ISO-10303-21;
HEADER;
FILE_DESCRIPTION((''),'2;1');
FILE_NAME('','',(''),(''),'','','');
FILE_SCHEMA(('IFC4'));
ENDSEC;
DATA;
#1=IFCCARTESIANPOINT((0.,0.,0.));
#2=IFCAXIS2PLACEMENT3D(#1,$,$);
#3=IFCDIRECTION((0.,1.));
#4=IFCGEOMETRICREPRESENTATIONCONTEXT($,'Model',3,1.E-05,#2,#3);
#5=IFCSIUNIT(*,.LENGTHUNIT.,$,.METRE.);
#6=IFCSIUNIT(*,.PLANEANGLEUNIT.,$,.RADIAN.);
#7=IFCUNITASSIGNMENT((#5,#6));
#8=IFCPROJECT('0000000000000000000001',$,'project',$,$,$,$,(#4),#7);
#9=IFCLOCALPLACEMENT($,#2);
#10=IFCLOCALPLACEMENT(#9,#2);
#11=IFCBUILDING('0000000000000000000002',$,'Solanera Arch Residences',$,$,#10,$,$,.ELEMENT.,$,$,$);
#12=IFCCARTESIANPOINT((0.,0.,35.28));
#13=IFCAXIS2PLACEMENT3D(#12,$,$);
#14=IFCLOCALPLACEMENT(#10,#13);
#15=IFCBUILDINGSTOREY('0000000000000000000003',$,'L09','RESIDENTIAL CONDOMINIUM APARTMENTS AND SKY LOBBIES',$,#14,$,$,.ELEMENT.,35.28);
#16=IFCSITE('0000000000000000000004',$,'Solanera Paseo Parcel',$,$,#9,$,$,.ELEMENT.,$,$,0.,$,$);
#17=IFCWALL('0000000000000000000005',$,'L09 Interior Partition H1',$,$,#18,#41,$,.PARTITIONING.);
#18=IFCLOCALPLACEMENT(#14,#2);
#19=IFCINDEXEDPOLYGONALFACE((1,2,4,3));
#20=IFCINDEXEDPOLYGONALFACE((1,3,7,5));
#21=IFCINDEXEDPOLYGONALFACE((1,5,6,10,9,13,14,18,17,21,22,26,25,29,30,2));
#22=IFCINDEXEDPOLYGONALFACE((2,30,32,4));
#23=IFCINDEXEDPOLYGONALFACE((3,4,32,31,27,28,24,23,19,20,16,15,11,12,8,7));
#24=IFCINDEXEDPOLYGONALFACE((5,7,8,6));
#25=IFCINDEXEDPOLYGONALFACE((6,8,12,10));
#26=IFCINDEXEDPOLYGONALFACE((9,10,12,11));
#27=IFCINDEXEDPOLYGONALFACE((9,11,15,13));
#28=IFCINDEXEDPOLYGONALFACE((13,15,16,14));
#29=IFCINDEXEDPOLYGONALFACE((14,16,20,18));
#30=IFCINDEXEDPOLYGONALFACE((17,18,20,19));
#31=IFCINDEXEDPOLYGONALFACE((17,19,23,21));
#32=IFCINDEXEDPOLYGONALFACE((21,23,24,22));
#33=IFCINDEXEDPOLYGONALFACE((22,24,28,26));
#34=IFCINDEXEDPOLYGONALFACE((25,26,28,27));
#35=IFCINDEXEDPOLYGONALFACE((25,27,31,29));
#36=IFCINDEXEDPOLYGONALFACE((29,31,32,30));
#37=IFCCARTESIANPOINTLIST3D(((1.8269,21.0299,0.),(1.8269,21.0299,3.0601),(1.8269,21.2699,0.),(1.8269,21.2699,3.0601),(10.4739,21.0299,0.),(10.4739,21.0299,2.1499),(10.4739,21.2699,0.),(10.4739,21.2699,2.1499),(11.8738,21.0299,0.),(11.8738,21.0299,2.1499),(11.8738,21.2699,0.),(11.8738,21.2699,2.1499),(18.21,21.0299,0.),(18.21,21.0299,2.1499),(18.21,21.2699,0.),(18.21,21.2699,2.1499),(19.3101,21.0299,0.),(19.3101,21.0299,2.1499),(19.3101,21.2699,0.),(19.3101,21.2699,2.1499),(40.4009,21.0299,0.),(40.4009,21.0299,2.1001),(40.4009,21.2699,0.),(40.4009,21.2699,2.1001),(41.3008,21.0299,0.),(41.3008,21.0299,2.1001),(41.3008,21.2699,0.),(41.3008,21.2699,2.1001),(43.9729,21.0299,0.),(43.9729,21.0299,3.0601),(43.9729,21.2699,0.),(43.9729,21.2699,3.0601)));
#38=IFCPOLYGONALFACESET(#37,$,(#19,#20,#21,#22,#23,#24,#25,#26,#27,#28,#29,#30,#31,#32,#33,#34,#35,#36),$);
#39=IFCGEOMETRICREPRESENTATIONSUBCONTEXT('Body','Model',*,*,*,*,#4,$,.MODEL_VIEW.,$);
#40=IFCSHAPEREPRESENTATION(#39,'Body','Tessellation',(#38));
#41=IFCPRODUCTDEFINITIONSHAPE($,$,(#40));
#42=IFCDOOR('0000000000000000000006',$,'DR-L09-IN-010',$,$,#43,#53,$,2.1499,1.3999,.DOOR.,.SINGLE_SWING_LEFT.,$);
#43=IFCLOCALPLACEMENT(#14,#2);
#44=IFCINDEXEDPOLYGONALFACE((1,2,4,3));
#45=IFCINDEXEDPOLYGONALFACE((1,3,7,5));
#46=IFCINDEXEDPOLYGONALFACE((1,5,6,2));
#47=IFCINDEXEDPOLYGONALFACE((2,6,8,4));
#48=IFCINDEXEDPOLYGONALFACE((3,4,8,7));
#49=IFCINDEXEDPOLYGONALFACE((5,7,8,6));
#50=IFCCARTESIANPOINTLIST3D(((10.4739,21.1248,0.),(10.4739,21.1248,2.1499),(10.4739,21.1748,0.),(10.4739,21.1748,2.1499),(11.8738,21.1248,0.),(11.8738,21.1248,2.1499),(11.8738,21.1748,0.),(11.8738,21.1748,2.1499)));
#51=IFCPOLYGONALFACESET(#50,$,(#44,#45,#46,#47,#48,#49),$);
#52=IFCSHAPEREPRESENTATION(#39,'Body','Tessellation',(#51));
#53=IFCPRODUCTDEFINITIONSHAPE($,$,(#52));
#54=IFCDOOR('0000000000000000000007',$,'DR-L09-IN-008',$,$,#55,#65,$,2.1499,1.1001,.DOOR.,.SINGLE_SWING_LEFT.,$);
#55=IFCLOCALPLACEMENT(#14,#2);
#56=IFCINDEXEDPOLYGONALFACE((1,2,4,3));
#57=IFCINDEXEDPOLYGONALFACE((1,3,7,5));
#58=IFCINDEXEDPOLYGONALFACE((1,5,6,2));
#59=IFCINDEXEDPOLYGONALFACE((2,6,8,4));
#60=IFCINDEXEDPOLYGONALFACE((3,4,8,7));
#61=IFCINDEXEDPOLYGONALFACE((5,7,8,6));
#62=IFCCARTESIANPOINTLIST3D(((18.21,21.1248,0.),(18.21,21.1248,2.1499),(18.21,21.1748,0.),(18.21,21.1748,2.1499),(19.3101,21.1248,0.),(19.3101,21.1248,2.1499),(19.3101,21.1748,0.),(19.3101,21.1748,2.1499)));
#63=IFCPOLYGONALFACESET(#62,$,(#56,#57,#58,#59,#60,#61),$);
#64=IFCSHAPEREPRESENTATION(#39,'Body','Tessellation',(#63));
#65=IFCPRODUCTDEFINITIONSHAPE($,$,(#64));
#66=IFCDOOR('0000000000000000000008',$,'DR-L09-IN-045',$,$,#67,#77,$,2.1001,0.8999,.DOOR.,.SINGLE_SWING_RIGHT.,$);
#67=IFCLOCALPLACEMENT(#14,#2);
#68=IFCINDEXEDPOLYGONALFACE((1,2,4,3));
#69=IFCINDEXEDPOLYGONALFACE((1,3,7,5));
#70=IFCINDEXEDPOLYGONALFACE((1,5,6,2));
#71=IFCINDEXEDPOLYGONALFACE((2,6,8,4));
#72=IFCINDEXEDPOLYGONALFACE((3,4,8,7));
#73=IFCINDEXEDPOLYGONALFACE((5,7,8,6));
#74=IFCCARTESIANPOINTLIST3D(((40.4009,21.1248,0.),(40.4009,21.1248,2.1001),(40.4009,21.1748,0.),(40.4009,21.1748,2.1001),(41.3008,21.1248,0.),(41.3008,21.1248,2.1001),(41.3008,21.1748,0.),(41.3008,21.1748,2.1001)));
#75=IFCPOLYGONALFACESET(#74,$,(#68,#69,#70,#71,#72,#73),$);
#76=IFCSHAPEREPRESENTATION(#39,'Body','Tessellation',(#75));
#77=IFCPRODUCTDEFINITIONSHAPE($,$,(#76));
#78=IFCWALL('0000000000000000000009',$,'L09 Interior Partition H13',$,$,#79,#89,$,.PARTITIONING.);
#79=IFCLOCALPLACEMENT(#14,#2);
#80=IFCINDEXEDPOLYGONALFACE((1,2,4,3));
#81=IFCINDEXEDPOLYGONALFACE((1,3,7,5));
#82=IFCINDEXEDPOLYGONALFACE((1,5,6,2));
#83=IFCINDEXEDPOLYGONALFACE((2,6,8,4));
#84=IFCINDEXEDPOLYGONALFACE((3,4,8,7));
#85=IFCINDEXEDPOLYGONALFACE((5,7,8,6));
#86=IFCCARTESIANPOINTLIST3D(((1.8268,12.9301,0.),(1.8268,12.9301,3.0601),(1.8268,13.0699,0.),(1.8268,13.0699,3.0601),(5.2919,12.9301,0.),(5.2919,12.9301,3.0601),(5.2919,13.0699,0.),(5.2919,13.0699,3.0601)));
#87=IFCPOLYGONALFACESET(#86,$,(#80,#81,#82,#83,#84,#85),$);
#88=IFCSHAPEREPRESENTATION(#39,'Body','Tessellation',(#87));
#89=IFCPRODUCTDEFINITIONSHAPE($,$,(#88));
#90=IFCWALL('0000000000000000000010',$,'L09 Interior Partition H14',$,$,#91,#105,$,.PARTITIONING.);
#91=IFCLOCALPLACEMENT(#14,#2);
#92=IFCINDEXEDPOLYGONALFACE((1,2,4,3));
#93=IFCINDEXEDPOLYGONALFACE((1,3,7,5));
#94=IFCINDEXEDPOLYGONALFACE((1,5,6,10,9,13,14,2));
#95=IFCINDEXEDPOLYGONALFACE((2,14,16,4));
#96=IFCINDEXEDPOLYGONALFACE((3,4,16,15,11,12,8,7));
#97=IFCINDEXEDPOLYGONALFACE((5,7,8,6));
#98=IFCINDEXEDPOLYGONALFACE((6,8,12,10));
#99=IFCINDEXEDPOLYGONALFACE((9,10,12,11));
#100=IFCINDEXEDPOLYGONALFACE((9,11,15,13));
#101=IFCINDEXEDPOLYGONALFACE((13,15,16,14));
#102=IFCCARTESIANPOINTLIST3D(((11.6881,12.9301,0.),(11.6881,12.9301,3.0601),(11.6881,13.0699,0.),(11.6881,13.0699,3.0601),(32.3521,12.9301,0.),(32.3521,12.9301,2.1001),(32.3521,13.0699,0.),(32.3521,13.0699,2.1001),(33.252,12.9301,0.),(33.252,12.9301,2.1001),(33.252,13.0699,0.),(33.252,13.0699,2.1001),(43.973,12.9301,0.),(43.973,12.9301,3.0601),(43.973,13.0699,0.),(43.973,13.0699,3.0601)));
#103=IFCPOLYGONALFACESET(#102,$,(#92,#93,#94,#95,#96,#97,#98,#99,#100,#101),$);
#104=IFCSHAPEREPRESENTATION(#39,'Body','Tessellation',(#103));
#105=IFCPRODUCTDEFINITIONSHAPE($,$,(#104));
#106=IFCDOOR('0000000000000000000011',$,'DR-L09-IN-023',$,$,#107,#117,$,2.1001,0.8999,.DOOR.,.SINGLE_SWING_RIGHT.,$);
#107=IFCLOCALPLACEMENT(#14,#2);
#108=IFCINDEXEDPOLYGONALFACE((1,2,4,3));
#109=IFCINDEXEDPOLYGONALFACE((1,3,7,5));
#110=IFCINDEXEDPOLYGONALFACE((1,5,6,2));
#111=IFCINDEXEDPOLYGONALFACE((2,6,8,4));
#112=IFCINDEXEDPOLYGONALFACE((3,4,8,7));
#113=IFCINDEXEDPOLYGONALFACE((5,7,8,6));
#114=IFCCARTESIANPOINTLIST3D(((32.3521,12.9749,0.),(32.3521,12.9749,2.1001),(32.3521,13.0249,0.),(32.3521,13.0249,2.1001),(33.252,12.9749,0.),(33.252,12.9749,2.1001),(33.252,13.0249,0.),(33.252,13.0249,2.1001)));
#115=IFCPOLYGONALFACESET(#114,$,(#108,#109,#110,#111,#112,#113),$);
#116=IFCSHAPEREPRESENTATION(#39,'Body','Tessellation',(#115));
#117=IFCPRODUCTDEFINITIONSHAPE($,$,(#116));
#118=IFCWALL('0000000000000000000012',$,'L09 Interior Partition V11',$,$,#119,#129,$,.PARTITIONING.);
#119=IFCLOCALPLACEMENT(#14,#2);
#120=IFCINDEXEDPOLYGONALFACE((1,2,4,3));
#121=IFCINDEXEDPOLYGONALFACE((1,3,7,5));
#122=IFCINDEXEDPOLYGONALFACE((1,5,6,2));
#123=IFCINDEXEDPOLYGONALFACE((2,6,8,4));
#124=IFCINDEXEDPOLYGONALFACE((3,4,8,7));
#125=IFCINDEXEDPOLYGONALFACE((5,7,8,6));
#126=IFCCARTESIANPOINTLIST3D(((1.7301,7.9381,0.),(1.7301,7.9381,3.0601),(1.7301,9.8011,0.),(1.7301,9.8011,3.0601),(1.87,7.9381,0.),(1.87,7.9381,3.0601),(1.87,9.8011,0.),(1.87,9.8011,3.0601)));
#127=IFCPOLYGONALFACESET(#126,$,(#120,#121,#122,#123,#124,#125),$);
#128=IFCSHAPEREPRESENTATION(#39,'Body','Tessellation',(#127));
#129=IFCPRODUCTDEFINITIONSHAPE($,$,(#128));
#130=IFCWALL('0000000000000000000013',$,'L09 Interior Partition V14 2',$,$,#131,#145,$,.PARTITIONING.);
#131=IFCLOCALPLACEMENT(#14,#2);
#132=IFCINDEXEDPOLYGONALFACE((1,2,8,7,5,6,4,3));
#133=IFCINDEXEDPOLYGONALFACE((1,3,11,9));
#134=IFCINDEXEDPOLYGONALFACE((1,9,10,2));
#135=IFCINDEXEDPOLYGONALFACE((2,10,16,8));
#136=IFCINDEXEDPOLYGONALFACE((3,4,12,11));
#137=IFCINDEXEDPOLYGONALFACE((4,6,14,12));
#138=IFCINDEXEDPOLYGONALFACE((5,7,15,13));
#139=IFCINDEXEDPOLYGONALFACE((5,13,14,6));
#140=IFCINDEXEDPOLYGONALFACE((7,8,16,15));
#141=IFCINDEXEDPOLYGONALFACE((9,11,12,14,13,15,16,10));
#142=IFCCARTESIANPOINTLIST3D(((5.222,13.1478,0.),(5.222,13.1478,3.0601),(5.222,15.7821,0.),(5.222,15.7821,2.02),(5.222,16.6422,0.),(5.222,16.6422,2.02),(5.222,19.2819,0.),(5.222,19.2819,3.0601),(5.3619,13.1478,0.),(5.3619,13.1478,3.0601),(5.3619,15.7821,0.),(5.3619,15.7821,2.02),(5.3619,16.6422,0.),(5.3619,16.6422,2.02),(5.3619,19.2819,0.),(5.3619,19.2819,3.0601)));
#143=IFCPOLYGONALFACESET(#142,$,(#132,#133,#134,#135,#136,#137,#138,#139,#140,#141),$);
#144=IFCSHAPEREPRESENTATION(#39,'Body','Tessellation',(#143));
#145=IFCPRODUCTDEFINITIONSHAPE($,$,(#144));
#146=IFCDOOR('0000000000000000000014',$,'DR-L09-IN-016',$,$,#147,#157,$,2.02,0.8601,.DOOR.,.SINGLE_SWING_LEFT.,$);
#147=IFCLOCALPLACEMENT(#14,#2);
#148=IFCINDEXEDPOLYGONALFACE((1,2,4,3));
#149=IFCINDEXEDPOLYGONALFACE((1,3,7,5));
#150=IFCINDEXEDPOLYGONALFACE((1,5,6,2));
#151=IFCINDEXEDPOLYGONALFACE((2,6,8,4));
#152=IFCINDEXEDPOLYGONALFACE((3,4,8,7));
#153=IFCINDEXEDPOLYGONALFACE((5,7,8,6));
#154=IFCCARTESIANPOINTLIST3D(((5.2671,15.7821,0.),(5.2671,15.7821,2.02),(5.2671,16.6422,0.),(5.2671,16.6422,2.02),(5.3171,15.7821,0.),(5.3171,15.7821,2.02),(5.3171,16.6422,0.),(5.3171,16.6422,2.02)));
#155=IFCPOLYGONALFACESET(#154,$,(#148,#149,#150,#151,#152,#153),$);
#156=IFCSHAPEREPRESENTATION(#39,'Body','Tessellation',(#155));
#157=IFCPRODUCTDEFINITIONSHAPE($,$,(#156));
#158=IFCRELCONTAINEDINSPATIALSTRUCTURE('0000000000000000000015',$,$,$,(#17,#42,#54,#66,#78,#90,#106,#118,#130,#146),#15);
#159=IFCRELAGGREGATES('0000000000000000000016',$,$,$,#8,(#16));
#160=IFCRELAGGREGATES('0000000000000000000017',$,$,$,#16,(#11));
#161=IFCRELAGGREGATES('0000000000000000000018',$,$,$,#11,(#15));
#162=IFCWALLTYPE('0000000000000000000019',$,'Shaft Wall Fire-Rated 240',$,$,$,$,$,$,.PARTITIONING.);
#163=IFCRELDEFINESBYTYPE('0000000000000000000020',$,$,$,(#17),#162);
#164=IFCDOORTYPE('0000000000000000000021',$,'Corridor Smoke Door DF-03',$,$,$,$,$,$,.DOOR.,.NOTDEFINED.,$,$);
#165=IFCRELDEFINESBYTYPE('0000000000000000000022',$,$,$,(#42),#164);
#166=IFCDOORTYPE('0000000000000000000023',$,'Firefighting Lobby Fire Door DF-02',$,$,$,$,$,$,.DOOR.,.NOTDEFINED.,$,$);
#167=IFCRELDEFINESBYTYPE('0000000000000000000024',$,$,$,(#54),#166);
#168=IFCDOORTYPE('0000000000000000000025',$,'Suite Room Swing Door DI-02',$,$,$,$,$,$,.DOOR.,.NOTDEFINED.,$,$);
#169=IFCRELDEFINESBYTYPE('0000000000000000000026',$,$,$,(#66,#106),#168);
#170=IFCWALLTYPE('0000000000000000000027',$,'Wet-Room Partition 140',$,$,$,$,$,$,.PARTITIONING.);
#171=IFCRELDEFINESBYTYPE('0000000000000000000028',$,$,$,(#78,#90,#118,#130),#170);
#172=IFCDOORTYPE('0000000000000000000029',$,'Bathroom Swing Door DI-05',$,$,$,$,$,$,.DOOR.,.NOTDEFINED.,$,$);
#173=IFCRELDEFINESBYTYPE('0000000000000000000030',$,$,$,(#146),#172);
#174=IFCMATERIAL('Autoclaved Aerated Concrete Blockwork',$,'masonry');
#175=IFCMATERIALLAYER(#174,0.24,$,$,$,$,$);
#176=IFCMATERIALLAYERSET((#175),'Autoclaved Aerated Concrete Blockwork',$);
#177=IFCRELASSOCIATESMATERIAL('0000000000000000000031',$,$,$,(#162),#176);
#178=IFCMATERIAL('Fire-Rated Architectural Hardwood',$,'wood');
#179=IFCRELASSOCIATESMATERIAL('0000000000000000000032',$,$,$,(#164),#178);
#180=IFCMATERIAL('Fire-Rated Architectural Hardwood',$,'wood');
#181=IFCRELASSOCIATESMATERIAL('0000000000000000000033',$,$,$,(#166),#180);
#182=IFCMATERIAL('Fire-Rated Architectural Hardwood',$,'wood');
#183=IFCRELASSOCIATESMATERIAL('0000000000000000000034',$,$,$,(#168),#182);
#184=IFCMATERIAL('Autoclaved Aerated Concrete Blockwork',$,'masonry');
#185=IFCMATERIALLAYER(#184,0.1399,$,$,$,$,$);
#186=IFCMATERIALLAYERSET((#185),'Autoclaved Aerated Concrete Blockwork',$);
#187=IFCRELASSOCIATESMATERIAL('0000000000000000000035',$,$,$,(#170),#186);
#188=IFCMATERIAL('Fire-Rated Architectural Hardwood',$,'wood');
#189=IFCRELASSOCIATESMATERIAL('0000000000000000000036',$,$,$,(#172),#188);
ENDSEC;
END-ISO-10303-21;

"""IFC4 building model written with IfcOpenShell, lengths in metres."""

from ifc_helpers import new_model, si_unit, direction, frame, frame_2d, origin, place, context, subcontext, project, spatial, rectangle, extrude, material, layer, layer_set, type_object, element, fill, save


model = new_model("IFC4")

# Units and contexts
model_context = context("Model", 3, precision=1e-05, world=origin(), true_north=direction((0.0, 1.0)))
body_context = subcontext(model_context, "Body", "Model", "MODEL_VIEW")
ifc_project = project(units=[si_unit("LENGTHUNIT", "METRE"), si_unit("PLANEANGLEUNIT", "RADIAN")], contexts=[model_context])

# Site, building, storey
site_placement = place(None, origin())
site = spatial("IfcSite", under=ifc_project, at=site_placement, Name="Solanera Paseo Parcel", CompositionType="ELEMENT", RefElevation=0.0)
building_placement = place(site_placement, origin())
building = spatial("IfcBuilding", under=site, at=building_placement, Name="Solanera Arch Residences", CompositionType="ELEMENT")
storey_placement = place(building_placement, frame((0.0, 0.0, 35.28)))
storey = spatial("IfcBuildingStorey", under=building, at=storey_placement, Name="L09", Description="RESIDENTIAL CONDOMINIUM APARTMENTS AND SKY LOBBIES", CompositionType="ELEMENT", Elevation=35.28)

# Wall, openings, doors
ifc_material_1 = material(Name="Autoclaved Aerated Concrete Blockwork", Category="masonry")
ifc_layer_1 = layer(ifc_material_1, 0.24)
ifc_layer_set_1 = layer_set([ifc_layer_1], Name="Autoclaved Aerated Concrete Blockwork")
wall_type_1 = type_object("IfcWallType", Name="Shaft Wall Fire-Rated 240", PredefinedType="PARTITIONING", material=ifc_layer_set_1)
wall_1_placement = place(storey_placement, frame((1.8269, 21.1499, 0.0), z_axis=(0.0, 0.0, 1.0), x_axis=(1.0, 0.0, 0.0)))
wall_1 = element("IfcWall", 1, at=wall_1_placement, inside=storey, type_object=wall_type_1, Name="L09 Interior Partition H1", PredefinedType="PARTITIONING", context=body_context, shape_type="SweptSolid", body=[
    extrude(rectangle(XDim=42.146, YDim=0.24, at=frame_2d((21.073, 0.0))), origin(), (0.0, 0.0, 1.0), 3.0601),
])
opening_1_placement = place(wall_1_placement, frame((16.3831, 0.0, 0.0)))
opening_1 = element("IfcOpeningElement", 2, at=opening_1_placement, cuts=wall_1, PredefinedType="OPENING", context=body_context, shape_type="SweptSolid", body=[
    extrude(rectangle(XDim=1.1001, YDim=2.1499, at=frame_2d((0.55, 1.075))), frame((0.0, 0.1299, 0.0), z_axis=(0.0, -1.0, 0.0), x_axis=(1.0, 0.0, 0.0)), (0.0, 0.0, 1.0), 0.26),
])
opening_2_placement = place(wall_1_placement, frame((8.647, 0.0, 0.0)))
opening_2 = element("IfcOpeningElement", 3, at=opening_2_placement, cuts=wall_1, PredefinedType="OPENING", context=body_context, shape_type="SweptSolid", body=[
    extrude(rectangle(XDim=1.3999, YDim=2.1499, at=frame_2d((0.7, 1.075))), frame((0.0, 0.1299, 0.0), z_axis=(0.0, -1.0, 0.0), x_axis=(1.0, 0.0, 0.0)), (0.0, 0.0, 1.0), 0.26),
])
opening_3_placement = place(wall_1_placement, frame((38.574, 0.0, 0.0)))
opening_3 = element("IfcOpeningElement", 4, at=opening_3_placement, cuts=wall_1, PredefinedType="OPENING", context=body_context, shape_type="SweptSolid", body=[
    extrude(rectangle(XDim=0.8999, YDim=2.1001, at=frame_2d((0.45, 1.05))), frame((0.0, 0.1299, 0.0), z_axis=(0.0, -1.0, 0.0), x_axis=(1.0, 0.0, 0.0)), (0.0, 0.0, 1.0), 0.26),
])
ifc_material_2 = material(Name="Fire-Rated Architectural Hardwood", Category="wood")
door_type_1 = type_object("IfcDoorType", Name="Corridor Smoke Door DF-03", OperationType="NOTDEFINED", PredefinedType="DOOR", material=ifc_material_2)
door_1_placement = place(opening_2_placement, origin())
door_1 = element("IfcDoor", 5, at=door_1_placement, inside=storey, type_object=door_type_1, Name="DR-L09-IN-010", OperationType="SINGLE_SWING_LEFT", OverallHeight=2.1499, OverallWidth=1.3999, PredefinedType="DOOR", context=body_context, shape_type="SweptSolid", body=[
    extrude(rectangle(XDim=1.3999, YDim=2.1499, at=frame_2d((0.7, 1.075))), frame((0.0, 0.0249, 0.0), z_axis=(0.0, -1.0, 0.0), x_axis=(1.0, 0.0, 0.0)), (0.0, 0.0, 1.0), 0.05),
])
fill(opening_2, door_1)
ifc_material_3 = material(Name="Fire-Rated Architectural Hardwood", Category="wood")
door_type_2 = type_object("IfcDoorType", Name="Firefighting Lobby Fire Door DF-02", OperationType="NOTDEFINED", PredefinedType="DOOR", material=ifc_material_3)
door_2_placement = place(opening_1_placement, origin())
door_2 = element("IfcDoor", 6, at=door_2_placement, inside=storey, type_object=door_type_2, Name="DR-L09-IN-008", OperationType="SINGLE_SWING_LEFT", OverallHeight=2.1499, OverallWidth=1.1001, PredefinedType="DOOR", context=body_context, shape_type="SweptSolid", body=[
    extrude(rectangle(XDim=1.1001, YDim=2.1499, at=frame_2d((0.55, 1.075))), frame((0.0, 0.0249, 0.0), z_axis=(0.0, -1.0, 0.0), x_axis=(1.0, 0.0, 0.0)), (0.0, 0.0, 1.0), 0.05),
])
fill(opening_1, door_2)
ifc_material_4 = material(Name="Fire-Rated Architectural Hardwood", Category="wood")
door_type_3 = type_object("IfcDoorType", Name="Suite Room Swing Door DI-02", OperationType="NOTDEFINED", PredefinedType="DOOR", material=ifc_material_4)
door_3_placement = place(opening_3_placement, origin())
door_3 = element("IfcDoor", 7, at=door_3_placement, inside=storey, type_object=door_type_3, Name="DR-L09-IN-045", OperationType="SINGLE_SWING_RIGHT", OverallHeight=2.1001, OverallWidth=0.8999, PredefinedType="DOOR", context=body_context, shape_type="SweptSolid", body=[
    extrude(rectangle(XDim=0.8999, YDim=2.1001, at=frame_2d((0.45, 1.05))), frame((0.0, 0.0249, 0.0), z_axis=(0.0, -1.0, 0.0), x_axis=(1.0, 0.0, 0.0)), (0.0, 0.0, 1.0), 0.05),
])
fill(opening_3, door_3)

# Wall
ifc_material_5 = material(Name="Autoclaved Aerated Concrete Blockwork", Category="masonry")
ifc_layer_2 = layer(ifc_material_5, 0.1399)
ifc_layer_set_2 = layer_set([ifc_layer_2], Name="Autoclaved Aerated Concrete Blockwork")
wall_type_2 = type_object("IfcWallType", Name="Wet-Room Partition 140", PredefinedType="PARTITIONING", material=ifc_layer_set_2)
wall_2_placement = place(storey_placement, frame((1.8269, 13.0, 0.0), z_axis=(0.0, 0.0, 1.0), x_axis=(1.0, 0.0, 0.0)))
element("IfcWall", 8, at=wall_2_placement, inside=storey, type_object=wall_type_2, Name="L09 Interior Partition H13", PredefinedType="PARTITIONING", context=body_context, shape_type="SweptSolid", body=[
    extrude(rectangle(XDim=3.4651, YDim=0.1399, at=frame_2d((1.7324, 0.0))), origin(), (0.0, 0.0, 1.0), 3.0601),
])

# Wall, opening, door
wall_3_placement = place(storey_placement, frame((11.688, 13.0, 0.0), z_axis=(0.0, 0.0, 1.0), x_axis=(1.0, 0.0, 0.0)))
wall_3 = element("IfcWall", 9, at=wall_3_placement, inside=storey, type_object=wall_type_2, Name="L09 Interior Partition H14", PredefinedType="PARTITIONING", context=body_context, shape_type="SweptSolid", body=[
    extrude(rectangle(XDim=32.2849, YDim=0.1399, at=frame_2d((16.1426, 0.0))), origin(), (0.0, 0.0, 1.0), 3.0601),
])
opening_4_placement = place(wall_3_placement, frame((20.6641, 0.0, 0.0)))
opening_4 = element("IfcOpeningElement", 10, at=opening_4_placement, cuts=wall_3, PredefinedType="OPENING", context=body_context, shape_type="SweptSolid", body=[
    extrude(rectangle(XDim=0.8999, YDim=2.1001, at=frame_2d((0.45, 1.05))), frame((0.0, 0.0798, 0.0), z_axis=(0.0, -1.0, 0.0), x_axis=(1.0, 0.0, 0.0)), (0.0, 0.0, 1.0), 0.1599),
])
door_4_placement = place(opening_4_placement, origin())
door_4 = element("IfcDoor", 11, at=door_4_placement, inside=storey, type_object=door_type_3, Name="DR-L09-IN-023", OperationType="SINGLE_SWING_RIGHT", OverallHeight=2.1001, OverallWidth=0.8999, PredefinedType="DOOR", context=body_context, shape_type="SweptSolid", body=[
    extrude(rectangle(XDim=0.8999, YDim=2.1001, at=frame_2d((0.45, 1.05))), frame((0.0, 0.0249, 0.0), z_axis=(0.0, -1.0, 0.0), x_axis=(1.0, 0.0, 0.0)), (0.0, 0.0, 1.0), 0.05),
])
fill(opening_4, door_4)

# Wall
wall_4_placement = place(storey_placement, frame((1.8, 7.938, 0.0), z_axis=(0.0, 0.0, 1.0), x_axis=(0.0, 1.0, 0.0)))
element("IfcWall", 12, at=wall_4_placement, inside=storey, type_object=wall_type_2, Name="L09 Interior Partition V11", PredefinedType="PARTITIONING", context=body_context, shape_type="SweptSolid", body=[
    extrude(rectangle(XDim=1.863, YDim=0.1399, at=frame_2d((0.9316, 0.0))), origin(), (0.0, 0.0, 1.0), 3.0601),
])

# Wall, opening, door
wall_5_placement = place(storey_placement, frame((5.292, 13.1479, 0.0), z_axis=(0.0, 0.0, 1.0), x_axis=(0.0, 1.0, 0.0)))
wall_5 = element("IfcWall", 13, at=wall_5_placement, inside=storey, type_object=wall_type_2, Name="L09 Interior Partition V14 2", PredefinedType="PARTITIONING", context=body_context, shape_type="SweptSolid", body=[
    extrude(rectangle(XDim=6.134, YDim=0.1399, at=frame_2d((3.0669, 0.0))), origin(), (0.0, 0.0, 1.0), 3.0601),
])
opening_5_placement = place(wall_5_placement, frame((2.634, 0.0, 0.0)))
opening_5 = element("IfcOpeningElement", 14, at=opening_5_placement, cuts=wall_5, PredefinedType="OPENING", context=body_context, shape_type="SweptSolid", body=[
    extrude(rectangle(XDim=0.8601, YDim=2.02, at=frame_2d((0.4302, 1.01))), frame((0.0, 0.0798, 0.0), z_axis=(0.0, -1.0, 0.0), x_axis=(1.0, 0.0, 0.0)), (0.0, 0.0, 1.0), 0.1599),
])
ifc_material_6 = material(Name="Fire-Rated Architectural Hardwood", Category="wood")
door_type_4 = type_object("IfcDoorType", Name="Bathroom Swing Door DI-05", OperationType="NOTDEFINED", PredefinedType="DOOR", material=ifc_material_6)
door_5_placement = place(opening_5_placement, origin())
door_5 = element("IfcDoor", 15, at=door_5_placement, inside=storey, type_object=door_type_4, Name="DR-L09-IN-016", OperationType="SINGLE_SWING_LEFT", OverallHeight=2.02, OverallWidth=0.8601, PredefinedType="DOOR", context=body_context, shape_type="SweptSolid", body=[
    extrude(rectangle(XDim=0.8601, YDim=2.02, at=frame_2d((0.4302, 1.01))), frame((0.0, 0.0249, 0.0), z_axis=(0.0, -1.0, 0.0), x_axis=(1.0, 0.0, 0.0)), (0.0, 0.0, 1.0), 0.05),
])
fill(opening_5, door_5)

save(model, "model.ifc")
